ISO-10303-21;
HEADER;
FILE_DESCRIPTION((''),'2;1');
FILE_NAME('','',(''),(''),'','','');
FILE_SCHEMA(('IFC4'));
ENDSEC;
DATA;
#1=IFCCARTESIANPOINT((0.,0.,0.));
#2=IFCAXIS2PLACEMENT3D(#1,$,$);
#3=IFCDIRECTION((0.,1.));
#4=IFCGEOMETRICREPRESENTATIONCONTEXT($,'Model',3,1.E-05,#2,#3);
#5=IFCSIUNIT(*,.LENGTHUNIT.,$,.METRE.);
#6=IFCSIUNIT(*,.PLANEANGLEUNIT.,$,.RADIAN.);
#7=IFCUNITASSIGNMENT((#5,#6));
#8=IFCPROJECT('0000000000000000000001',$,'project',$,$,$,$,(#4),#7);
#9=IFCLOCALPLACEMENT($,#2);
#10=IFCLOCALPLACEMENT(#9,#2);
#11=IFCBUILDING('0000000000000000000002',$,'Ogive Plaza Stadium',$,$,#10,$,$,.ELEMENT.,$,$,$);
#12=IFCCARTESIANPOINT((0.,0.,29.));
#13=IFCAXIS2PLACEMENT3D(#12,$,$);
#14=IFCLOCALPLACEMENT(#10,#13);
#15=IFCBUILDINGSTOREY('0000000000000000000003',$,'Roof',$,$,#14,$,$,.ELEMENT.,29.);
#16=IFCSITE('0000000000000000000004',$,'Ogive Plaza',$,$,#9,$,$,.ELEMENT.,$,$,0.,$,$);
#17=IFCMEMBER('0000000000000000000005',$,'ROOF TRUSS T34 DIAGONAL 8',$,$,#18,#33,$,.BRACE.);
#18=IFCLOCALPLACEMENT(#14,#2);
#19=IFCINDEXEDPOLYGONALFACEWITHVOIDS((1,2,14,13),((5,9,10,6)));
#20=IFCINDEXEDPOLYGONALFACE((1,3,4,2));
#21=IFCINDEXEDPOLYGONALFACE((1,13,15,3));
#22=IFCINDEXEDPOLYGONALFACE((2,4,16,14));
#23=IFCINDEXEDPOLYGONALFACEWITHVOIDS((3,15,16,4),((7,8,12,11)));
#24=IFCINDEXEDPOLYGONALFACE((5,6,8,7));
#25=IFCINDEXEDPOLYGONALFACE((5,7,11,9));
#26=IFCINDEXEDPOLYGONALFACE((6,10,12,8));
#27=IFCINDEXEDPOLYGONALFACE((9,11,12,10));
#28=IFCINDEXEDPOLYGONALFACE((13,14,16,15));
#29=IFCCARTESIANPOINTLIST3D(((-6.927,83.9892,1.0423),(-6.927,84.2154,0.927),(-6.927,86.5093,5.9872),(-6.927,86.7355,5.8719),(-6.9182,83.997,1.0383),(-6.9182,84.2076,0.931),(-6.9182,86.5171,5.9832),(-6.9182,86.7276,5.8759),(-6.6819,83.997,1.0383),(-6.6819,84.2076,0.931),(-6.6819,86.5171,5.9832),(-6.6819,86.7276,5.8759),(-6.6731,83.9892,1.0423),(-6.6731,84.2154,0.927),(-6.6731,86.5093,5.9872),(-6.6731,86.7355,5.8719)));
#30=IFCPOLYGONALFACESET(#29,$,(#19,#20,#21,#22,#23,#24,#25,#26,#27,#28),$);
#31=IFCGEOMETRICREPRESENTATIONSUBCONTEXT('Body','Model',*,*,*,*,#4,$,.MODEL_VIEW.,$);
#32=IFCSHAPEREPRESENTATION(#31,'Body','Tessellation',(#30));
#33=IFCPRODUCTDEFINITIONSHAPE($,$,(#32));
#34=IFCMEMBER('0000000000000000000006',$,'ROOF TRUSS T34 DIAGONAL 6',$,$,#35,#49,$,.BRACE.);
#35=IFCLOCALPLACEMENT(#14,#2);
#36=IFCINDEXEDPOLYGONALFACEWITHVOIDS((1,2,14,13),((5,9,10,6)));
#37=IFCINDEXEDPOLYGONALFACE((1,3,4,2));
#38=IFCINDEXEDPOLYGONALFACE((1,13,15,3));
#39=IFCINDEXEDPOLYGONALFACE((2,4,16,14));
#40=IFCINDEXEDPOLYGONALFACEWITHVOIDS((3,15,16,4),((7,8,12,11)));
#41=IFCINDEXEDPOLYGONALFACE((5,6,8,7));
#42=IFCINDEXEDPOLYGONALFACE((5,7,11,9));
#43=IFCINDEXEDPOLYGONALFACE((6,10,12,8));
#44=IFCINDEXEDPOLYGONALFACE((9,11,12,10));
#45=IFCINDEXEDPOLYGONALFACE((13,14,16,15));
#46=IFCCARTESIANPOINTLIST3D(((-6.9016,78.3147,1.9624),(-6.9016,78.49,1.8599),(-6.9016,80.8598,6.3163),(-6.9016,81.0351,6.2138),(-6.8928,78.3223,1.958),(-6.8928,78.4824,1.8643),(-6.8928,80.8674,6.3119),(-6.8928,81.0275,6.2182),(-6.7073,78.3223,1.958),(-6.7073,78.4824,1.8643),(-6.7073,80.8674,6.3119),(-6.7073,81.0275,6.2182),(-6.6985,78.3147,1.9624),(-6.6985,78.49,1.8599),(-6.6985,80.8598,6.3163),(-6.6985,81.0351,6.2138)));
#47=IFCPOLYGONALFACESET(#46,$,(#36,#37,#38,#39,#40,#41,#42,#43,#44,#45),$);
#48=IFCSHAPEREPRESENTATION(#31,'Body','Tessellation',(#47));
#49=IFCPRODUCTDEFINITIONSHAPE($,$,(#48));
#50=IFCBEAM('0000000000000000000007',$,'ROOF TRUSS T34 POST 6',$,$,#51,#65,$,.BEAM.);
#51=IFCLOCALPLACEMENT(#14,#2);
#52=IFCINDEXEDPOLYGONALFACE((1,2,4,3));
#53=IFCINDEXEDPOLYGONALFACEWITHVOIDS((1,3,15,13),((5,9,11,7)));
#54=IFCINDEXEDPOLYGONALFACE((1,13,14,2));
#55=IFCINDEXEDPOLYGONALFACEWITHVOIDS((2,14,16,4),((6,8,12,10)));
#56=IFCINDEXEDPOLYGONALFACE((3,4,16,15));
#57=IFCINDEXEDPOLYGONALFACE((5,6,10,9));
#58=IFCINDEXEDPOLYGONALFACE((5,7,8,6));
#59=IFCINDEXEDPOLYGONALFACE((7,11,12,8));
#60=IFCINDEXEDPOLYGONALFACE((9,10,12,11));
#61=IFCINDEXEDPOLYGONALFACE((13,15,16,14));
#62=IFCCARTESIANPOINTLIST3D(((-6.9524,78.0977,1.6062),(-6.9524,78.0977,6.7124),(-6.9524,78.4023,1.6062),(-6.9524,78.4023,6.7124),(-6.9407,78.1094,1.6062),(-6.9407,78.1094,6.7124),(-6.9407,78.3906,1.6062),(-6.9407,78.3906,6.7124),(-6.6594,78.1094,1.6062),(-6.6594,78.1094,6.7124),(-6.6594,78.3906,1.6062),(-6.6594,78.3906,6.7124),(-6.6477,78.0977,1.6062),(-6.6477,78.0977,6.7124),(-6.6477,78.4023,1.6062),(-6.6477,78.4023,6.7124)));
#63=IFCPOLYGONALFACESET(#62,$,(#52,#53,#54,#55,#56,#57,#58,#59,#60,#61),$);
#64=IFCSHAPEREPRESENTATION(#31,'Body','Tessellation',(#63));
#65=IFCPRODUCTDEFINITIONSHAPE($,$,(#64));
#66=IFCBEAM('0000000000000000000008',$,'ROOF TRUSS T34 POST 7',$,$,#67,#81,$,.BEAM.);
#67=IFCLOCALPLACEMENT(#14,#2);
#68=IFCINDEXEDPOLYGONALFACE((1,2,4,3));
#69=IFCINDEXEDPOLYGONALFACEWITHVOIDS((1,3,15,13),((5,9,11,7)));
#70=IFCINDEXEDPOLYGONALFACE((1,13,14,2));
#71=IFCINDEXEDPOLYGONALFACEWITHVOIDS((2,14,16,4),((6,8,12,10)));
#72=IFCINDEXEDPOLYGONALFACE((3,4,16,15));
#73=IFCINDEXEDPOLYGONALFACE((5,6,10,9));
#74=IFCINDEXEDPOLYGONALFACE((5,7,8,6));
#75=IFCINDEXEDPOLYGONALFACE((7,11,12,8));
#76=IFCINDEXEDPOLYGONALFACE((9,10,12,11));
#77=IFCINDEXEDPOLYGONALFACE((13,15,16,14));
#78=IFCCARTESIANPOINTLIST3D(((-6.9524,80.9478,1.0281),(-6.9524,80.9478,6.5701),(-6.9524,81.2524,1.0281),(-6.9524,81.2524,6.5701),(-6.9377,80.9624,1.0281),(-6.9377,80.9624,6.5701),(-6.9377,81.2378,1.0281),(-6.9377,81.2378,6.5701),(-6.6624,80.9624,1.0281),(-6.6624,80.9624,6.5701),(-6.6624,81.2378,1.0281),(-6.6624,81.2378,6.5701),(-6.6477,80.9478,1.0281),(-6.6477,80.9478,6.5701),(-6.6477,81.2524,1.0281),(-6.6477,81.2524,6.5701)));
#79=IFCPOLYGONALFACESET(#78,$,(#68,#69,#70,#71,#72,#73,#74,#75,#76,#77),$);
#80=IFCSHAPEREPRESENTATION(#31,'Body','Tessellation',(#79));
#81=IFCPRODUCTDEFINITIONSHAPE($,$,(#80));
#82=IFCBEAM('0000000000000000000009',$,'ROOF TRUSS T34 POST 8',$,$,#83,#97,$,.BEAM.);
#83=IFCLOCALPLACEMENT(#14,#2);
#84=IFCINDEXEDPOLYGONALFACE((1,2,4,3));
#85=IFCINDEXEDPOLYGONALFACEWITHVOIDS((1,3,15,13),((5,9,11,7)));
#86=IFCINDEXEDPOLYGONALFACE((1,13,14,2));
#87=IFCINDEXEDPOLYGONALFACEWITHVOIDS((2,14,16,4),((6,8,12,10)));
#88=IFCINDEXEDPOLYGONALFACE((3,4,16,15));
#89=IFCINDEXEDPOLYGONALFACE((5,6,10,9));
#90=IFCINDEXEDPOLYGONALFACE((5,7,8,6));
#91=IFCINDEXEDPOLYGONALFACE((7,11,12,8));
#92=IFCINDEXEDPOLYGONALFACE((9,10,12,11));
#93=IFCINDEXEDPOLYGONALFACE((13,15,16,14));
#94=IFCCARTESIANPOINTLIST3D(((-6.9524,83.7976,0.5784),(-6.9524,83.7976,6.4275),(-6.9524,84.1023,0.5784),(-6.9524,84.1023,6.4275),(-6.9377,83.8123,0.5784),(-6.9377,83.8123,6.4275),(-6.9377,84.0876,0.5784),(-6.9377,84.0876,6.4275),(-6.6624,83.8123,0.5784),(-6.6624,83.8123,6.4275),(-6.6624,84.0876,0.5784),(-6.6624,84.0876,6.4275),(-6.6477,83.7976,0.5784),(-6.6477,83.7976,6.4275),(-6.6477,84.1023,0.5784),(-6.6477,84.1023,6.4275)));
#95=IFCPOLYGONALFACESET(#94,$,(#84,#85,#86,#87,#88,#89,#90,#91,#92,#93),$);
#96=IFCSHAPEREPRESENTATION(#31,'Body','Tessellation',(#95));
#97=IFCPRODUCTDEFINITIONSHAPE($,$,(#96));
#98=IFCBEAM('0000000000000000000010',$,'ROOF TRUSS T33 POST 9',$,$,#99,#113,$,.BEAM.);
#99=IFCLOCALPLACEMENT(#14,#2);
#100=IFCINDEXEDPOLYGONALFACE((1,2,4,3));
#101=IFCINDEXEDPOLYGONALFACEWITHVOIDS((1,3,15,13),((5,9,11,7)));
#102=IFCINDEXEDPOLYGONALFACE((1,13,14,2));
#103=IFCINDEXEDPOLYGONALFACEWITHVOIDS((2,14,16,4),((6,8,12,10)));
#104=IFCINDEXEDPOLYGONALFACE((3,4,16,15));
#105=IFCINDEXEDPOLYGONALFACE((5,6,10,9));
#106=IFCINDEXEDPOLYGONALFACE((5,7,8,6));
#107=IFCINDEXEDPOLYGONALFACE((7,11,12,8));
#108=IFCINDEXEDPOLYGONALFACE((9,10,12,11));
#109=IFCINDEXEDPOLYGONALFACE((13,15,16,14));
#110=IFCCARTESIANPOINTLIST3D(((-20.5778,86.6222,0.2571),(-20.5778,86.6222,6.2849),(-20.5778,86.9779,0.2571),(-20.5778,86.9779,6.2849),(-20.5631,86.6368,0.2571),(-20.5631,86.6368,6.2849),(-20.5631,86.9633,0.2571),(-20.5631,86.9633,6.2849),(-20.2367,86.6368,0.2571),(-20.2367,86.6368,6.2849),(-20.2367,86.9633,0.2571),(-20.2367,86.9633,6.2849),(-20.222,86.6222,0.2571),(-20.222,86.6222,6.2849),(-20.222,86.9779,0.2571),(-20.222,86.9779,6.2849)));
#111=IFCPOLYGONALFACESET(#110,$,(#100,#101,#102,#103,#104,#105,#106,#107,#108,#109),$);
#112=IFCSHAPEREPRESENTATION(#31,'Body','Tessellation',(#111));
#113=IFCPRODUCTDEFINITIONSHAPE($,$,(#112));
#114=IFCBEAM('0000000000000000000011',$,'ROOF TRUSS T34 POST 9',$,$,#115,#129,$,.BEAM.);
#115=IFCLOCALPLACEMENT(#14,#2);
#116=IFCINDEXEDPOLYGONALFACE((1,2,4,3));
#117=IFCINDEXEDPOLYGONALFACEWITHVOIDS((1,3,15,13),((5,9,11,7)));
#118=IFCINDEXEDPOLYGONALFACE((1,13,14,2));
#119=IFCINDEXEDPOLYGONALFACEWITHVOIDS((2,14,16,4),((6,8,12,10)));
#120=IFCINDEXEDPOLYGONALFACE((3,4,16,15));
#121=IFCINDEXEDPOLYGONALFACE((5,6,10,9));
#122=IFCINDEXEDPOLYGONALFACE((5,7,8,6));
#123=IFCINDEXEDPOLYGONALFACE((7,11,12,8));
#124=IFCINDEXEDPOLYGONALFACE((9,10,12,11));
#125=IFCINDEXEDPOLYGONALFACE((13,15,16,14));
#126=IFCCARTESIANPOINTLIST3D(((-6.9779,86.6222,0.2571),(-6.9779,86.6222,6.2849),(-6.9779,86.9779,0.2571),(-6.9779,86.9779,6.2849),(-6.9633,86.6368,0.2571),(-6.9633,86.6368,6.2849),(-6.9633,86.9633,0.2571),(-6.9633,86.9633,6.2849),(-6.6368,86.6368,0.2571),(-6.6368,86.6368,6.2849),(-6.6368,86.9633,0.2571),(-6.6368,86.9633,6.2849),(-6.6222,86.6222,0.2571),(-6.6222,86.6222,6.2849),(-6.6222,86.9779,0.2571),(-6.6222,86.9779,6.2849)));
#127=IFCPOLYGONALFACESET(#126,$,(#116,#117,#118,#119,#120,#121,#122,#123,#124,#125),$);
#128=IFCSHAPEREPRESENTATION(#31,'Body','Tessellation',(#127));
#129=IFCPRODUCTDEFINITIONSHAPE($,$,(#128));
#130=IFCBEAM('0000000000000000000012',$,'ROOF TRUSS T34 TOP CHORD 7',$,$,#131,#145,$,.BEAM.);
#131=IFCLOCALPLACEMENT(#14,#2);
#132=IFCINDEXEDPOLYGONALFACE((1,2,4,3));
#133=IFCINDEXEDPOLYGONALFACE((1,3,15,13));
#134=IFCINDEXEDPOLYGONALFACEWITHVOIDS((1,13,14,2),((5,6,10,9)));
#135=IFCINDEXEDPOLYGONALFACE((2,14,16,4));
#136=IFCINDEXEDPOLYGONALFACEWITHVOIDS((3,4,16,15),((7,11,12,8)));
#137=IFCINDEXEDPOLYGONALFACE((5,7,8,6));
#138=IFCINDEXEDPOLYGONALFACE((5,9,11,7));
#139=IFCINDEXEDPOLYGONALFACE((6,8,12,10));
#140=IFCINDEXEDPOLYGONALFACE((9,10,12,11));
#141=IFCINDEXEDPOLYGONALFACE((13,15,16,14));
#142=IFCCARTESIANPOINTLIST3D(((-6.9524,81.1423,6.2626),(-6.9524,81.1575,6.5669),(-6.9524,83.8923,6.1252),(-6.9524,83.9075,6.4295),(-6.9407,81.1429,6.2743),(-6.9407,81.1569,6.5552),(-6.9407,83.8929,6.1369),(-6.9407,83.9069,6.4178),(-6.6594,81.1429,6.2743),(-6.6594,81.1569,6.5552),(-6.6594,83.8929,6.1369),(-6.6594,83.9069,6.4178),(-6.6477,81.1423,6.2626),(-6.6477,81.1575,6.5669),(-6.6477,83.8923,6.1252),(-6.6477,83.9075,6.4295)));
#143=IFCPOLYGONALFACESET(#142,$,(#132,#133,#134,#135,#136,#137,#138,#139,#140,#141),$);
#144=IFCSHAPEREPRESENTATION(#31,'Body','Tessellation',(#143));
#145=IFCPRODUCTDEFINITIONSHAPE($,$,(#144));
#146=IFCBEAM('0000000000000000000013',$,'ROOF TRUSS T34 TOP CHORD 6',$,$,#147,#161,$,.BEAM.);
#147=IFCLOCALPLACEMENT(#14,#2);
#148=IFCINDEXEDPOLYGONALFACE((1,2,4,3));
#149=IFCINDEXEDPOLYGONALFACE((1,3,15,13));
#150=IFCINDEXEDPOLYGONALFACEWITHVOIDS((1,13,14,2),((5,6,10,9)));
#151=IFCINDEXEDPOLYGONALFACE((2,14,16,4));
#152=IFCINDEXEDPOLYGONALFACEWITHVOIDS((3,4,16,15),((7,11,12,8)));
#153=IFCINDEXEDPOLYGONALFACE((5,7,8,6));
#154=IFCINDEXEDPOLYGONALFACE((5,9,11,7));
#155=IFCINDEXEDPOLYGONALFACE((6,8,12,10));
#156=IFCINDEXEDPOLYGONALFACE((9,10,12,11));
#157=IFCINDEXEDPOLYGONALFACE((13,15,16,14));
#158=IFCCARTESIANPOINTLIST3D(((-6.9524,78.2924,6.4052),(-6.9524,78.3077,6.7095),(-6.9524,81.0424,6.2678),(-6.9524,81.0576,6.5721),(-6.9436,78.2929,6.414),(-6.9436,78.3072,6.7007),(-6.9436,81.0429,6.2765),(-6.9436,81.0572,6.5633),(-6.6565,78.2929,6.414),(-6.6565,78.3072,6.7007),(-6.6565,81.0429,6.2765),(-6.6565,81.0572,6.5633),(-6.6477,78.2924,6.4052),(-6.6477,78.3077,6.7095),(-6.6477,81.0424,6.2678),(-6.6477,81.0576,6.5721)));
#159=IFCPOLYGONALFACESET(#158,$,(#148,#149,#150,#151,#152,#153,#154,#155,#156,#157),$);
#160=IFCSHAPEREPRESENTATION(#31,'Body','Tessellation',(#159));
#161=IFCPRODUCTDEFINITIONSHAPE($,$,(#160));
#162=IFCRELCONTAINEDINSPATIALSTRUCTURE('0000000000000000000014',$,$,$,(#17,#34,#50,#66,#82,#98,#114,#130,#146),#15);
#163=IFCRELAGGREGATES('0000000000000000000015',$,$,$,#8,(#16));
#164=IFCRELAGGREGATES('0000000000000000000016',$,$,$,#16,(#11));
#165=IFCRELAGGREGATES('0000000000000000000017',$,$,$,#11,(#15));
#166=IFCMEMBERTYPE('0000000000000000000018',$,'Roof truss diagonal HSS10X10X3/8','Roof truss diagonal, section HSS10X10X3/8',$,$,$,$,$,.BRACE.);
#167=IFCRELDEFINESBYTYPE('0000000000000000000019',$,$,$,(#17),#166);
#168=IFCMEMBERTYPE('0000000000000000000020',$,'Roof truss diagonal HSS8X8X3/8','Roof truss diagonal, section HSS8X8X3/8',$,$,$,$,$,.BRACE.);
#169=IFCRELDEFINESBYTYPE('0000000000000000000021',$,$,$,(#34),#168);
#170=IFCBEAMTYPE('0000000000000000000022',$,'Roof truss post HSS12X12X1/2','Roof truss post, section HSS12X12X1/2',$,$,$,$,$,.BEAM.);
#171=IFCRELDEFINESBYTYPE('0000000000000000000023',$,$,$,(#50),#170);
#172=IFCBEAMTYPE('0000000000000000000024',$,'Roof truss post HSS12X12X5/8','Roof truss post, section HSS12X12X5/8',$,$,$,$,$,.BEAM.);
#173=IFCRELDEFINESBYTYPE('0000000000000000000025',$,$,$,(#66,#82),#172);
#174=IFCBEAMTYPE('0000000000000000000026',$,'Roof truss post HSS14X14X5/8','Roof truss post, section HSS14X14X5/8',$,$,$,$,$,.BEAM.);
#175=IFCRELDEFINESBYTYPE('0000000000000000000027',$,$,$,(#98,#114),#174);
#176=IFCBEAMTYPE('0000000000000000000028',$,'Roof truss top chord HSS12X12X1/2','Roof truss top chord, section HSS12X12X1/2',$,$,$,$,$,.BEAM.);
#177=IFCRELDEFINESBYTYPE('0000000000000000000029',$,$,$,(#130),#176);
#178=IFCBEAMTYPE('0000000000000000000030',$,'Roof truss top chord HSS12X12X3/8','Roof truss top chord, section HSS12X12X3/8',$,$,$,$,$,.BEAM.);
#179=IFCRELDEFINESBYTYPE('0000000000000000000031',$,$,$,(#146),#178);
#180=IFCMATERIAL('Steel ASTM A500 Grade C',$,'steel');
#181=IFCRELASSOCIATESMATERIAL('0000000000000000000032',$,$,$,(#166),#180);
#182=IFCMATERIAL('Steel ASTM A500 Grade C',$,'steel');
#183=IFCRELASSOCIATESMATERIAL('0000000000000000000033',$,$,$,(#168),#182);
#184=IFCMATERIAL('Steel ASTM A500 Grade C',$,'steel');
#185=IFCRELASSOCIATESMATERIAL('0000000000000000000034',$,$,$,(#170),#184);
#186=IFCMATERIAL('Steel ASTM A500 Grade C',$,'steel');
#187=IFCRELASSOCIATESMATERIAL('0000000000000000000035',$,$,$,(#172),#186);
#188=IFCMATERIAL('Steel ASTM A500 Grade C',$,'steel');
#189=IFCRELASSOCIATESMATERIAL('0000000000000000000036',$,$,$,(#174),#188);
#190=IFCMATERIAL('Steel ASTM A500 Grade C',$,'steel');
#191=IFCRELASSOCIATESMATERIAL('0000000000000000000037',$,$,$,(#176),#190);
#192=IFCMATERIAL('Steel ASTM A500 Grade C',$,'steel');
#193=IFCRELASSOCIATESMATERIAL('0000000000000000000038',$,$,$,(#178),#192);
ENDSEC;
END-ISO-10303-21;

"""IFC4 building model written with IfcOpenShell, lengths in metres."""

from ifc_helpers import new_model, si_unit, direction, frame, origin, origin_2d, place, context, subcontext, project, spatial, hollow_rectangle, extrude, material, material_profile, profile_set, type_object, element, save


model = new_model("IFC4")

# Units and contexts
model_context = context("Model", 3, precision=1e-05, world=origin(), true_north=direction((0.0, 1.0)))
body_context = subcontext(model_context, "Body", "Model", "MODEL_VIEW")
ifc_project = project(units=[si_unit("LENGTHUNIT", "METRE"), si_unit("PLANEANGLEUNIT", "RADIAN")], contexts=[model_context])

# Site, building, storey
site_placement = place(None, origin())
site = spatial("IfcSite", under=ifc_project, at=site_placement, Name="Ogive Plaza", CompositionType="ELEMENT", RefElevation=0.0)
building_placement = place(site_placement, origin())
building = spatial("IfcBuilding", under=site, at=building_placement, Name="Ogive Plaza Stadium", CompositionType="ELEMENT")
storey_placement = place(building_placement, frame((0.0, 0.0, 29.0)))
storey = spatial("IfcBuildingStorey", under=building, at=storey_placement, Name="Roof", CompositionType="ELEMENT", Elevation=29.0)

# Members
ifc_material_1 = material(Name="Steel ASTM A500 Grade C", Category="steel")
ifc_material_profile_1 = material_profile(ifc_material_1, hollow_rectangle(XDim=0.2539, YDim=0.2539, WallThickness=0.0088, at=origin_2d()), Name="HSS10X10X3/8")
ifc_profile_set_1 = profile_set([ifc_material_profile_1], Name="Steel ASTM A500 Grade C")
member_type_1 = type_object("IfcMemberType", Name="Roof truss diagonal HSS10X10X3/8", Description="Roof truss diagonal, section HSS10X10X3/8", PredefinedType="BRACE", material=ifc_profile_set_1)
member_1_placement = place(storey_placement, frame((-6.8, 84.1023, 0.9846), z_axis=(0.0, 0.454063, 0.89097), x_axis=(-1.0, 0.0, 0.0)))
element("IfcMember", 1, at=member_1_placement, inside=storey, type_object=member_type_1, Name="ROOF TRUSS T34 DIAGONAL 8", PredefinedType="BRACE", context=body_context, shape_type="SweptSolid", body=[
    extrude(hollow_rectangle(XDim=0.2539, YDim=0.2539, WallThickness=0.0088, at=origin_2d()), origin(), (0.0, 0.0, 1.0), 5.55),
])
ifc_material_2 = material(Name="Steel ASTM A500 Grade C", Category="steel")
ifc_material_profile_2 = material_profile(ifc_material_2, hollow_rectangle(XDim=0.2031, YDim=0.2031, WallThickness=0.0088, at=origin_2d()), Name="HSS8X8X3/8")
ifc_profile_set_2 = profile_set([ifc_material_profile_2], Name="Steel ASTM A500 Grade C")
member_type_2 = type_object("IfcMemberType", Name="Roof truss diagonal HSS8X8X3/8", Description="Roof truss diagonal, section HSS8X8X3/8", PredefinedType="BRACE", material=ifc_profile_set_2)
member_2_placement = place(storey_placement, frame((-6.8, 78.4023, 1.9111), z_axis=(0.0, 0.504659, 0.863319), x_axis=(-1.0, 0.0, 0.0)))
element("IfcMember", 2, at=member_2_placement, inside=storey, type_object=member_type_2, Name="ROOF TRUSS T34 DIAGONAL 6", PredefinedType="BRACE", context=body_context, shape_type="SweptSolid", body=[
    extrude(hollow_rectangle(XDim=0.2031, YDim=0.2031, WallThickness=0.0088, at=origin_2d()), origin(), (0.0, 0.0, 1.0), 5.0432),
])

# Beams
ifc_material_3 = material(Name="Steel ASTM A500 Grade C", Category="steel")
ifc_material_profile_3 = material_profile(ifc_material_3, hollow_rectangle(XDim=0.3047, YDim=0.3047, WallThickness=0.0117, at=origin_2d()), Name="HSS12X12X1/2")
ifc_profile_set_3 = profile_set([ifc_material_profile_3], Name="Steel ASTM A500 Grade C")
beam_type_1 = type_object("IfcBeamType", Name="Roof truss post HSS12X12X1/2", Description="Roof truss post, section HSS12X12X1/2", PredefinedType="BEAM", material=ifc_profile_set_3)
beam_1_placement = place(storey_placement, frame((-6.8, 78.25, 1.6062), z_axis=(0.0, 0.0, 1.0), x_axis=(-1.0, 0.0, 0.0)))
element("IfcBeam", 3, at=beam_1_placement, inside=storey, type_object=beam_type_1, Name="ROOF TRUSS T34 POST 6", PredefinedType="BEAM", context=body_context, shape_type="SweptSolid", body=[
    extrude(hollow_rectangle(XDim=0.3047, YDim=0.3047, WallThickness=0.0117, at=origin_2d()), origin(), (0.0, 0.0, 1.0), 5.1062),
])
ifc_material_4 = material(Name="Steel ASTM A500 Grade C", Category="steel")
ifc_material_profile_4 = material_profile(ifc_material_4, hollow_rectangle(XDim=0.3047, YDim=0.3047, WallThickness=0.0146, at=origin_2d()), Name="HSS12X12X5/8")
ifc_profile_set_4 = profile_set([ifc_material_profile_4], Name="Steel ASTM A500 Grade C")
beam_type_2 = type_object("IfcBeamType", Name="Roof truss post HSS12X12X5/8", Description="Roof truss post, section HSS12X12X5/8", PredefinedType="BEAM", material=ifc_profile_set_4)
beam_2_placement = place(storey_placement, frame((-6.8, 81.1001, 1.0281), z_axis=(0.0, 0.0, 1.0), x_axis=(-1.0, 0.0, 0.0)))
element("IfcBeam", 4, at=beam_2_placement, inside=storey, type_object=beam_type_2, Name="ROOF TRUSS T34 POST 7", PredefinedType="BEAM", context=body_context, shape_type="SweptSolid", body=[
    extrude(hollow_rectangle(XDim=0.3047, YDim=0.3047, WallThickness=0.0146, at=origin_2d()), origin(), (0.0, 0.0, 1.0), 5.542),
])
beam_3_placement = place(storey_placement, frame((-6.8, 83.95, 0.5784), z_axis=(0.0, 0.0, 1.0), x_axis=(-1.0, 0.0, 0.0)))
element("IfcBeam", 5, at=beam_3_placement, inside=storey, type_object=beam_type_2, Name="ROOF TRUSS T34 POST 8", PredefinedType="BEAM", context=body_context, shape_type="SweptSolid", body=[
    extrude(hollow_rectangle(XDim=0.3047, YDim=0.3047, WallThickness=0.0146, at=origin_2d()), origin(), (0.0, 0.0, 1.0), 5.8491),
])
ifc_material_5 = material(Name="Steel ASTM A500 Grade C", Category="steel")
ifc_material_profile_5 = material_profile(ifc_material_5, hollow_rectangle(XDim=0.3557, YDim=0.3557, WallThickness=0.0146, at=origin_2d()), Name="HSS14X14X5/8")
ifc_profile_set_5 = profile_set([ifc_material_profile_5], Name="Steel ASTM A500 Grade C")
beam_type_3 = type_object("IfcBeamType", Name="Roof truss post HSS14X14X5/8", Description="Roof truss post, section HSS14X14X5/8", PredefinedType="BEAM", material=ifc_profile_set_5)
for number, where, z_axis, x_axis, name in (
    (6, (-20.3999, 86.8, 0.2571), (0.0, 0.0, 1.0), (-1.0, 0.0, 0.0), "ROOF TRUSS T33 POST 9"),
    (7, (-6.8, 86.8, 0.2571), (0.0, 0.0, 1.0), (-1.0, 0.0, 0.0), "ROOF TRUSS T34 POST 9"),
):
    element("IfcBeam", number, at=place(storey_placement, frame(where, z_axis=z_axis, x_axis=x_axis)), inside=storey, type_object=beam_type_3, Name=name, PredefinedType="BEAM", context=body_context, shape_type="SweptSolid", body=[
        extrude(hollow_rectangle(XDim=0.3557, YDim=0.3557, WallThickness=0.0146, at=origin_2d()), origin(), (0.0, 0.0, 1.0), 6.0278),
    ])
ifc_material_6 = material(Name="Steel ASTM A500 Grade C", Category="steel")
ifc_material_profile_6 = material_profile(ifc_material_6, hollow_rectangle(XDim=0.3047, YDim=0.3047, WallThickness=0.0117, at=origin_2d()), Name="HSS12X12X1/2")
ifc_profile_set_6 = profile_set([ifc_material_profile_6], Name="Steel ASTM A500 Grade C")
beam_type_4 = type_object("IfcBeamType", Name="Roof truss top chord HSS12X12X1/2", Description="Roof truss top chord, section HSS12X12X1/2", PredefinedType="BEAM", material=ifc_profile_set_6)
beam_4_placement = place(storey_placement, frame((-6.8, 81.1499, 6.4148), z_axis=(0.0, 0.998753, -0.04992), x_axis=(-1.0, 0.0, 0.0)))
element("IfcBeam", 8, at=beam_4_placement, inside=storey, type_object=beam_type_4, Name="ROOF TRUSS T34 TOP CHORD 7", PredefinedType="BEAM", context=body_context, shape_type="SweptSolid", body=[
    extrude(hollow_rectangle(XDim=0.3047, YDim=0.3047, WallThickness=0.0117, at=origin_2d()), origin(), (0.0, 0.0, 1.0), 2.7534),
])
ifc_material_7 = material(Name="Steel ASTM A500 Grade C", Category="steel")
ifc_material_profile_7 = material_profile(ifc_material_7, hollow_rectangle(XDim=0.3047, YDim=0.3047, WallThickness=0.0088, at=origin_2d()), Name="HSS12X12X3/8")
ifc_profile_set_7 = profile_set([ifc_material_profile_7], Name="Steel ASTM A500 Grade C")
beam_type_5 = type_object("IfcBeamType", Name="Roof truss top chord HSS12X12X3/8", Description="Roof truss top chord, section HSS12X12X3/8", PredefinedType="BEAM", material=ifc_profile_set_7)
beam_5_placement = place(storey_placement, frame((-6.8, 78.3, 6.5574), z_axis=(0.0, 0.998753, -0.04992), x_axis=(-1.0, 0.0, 0.0)))
element("IfcBeam", 9, at=beam_5_placement, inside=storey, type_object=beam_type_5, Name="ROOF TRUSS T34 TOP CHORD 6", PredefinedType="BEAM", context=body_context, shape_type="SweptSolid", body=[
    extrude(hollow_rectangle(XDim=0.3047, YDim=0.3047, WallThickness=0.0088, at=origin_2d()), origin(), (0.0, 0.0, 1.0), 2.7534),
])

save(model, "model.ifc")
